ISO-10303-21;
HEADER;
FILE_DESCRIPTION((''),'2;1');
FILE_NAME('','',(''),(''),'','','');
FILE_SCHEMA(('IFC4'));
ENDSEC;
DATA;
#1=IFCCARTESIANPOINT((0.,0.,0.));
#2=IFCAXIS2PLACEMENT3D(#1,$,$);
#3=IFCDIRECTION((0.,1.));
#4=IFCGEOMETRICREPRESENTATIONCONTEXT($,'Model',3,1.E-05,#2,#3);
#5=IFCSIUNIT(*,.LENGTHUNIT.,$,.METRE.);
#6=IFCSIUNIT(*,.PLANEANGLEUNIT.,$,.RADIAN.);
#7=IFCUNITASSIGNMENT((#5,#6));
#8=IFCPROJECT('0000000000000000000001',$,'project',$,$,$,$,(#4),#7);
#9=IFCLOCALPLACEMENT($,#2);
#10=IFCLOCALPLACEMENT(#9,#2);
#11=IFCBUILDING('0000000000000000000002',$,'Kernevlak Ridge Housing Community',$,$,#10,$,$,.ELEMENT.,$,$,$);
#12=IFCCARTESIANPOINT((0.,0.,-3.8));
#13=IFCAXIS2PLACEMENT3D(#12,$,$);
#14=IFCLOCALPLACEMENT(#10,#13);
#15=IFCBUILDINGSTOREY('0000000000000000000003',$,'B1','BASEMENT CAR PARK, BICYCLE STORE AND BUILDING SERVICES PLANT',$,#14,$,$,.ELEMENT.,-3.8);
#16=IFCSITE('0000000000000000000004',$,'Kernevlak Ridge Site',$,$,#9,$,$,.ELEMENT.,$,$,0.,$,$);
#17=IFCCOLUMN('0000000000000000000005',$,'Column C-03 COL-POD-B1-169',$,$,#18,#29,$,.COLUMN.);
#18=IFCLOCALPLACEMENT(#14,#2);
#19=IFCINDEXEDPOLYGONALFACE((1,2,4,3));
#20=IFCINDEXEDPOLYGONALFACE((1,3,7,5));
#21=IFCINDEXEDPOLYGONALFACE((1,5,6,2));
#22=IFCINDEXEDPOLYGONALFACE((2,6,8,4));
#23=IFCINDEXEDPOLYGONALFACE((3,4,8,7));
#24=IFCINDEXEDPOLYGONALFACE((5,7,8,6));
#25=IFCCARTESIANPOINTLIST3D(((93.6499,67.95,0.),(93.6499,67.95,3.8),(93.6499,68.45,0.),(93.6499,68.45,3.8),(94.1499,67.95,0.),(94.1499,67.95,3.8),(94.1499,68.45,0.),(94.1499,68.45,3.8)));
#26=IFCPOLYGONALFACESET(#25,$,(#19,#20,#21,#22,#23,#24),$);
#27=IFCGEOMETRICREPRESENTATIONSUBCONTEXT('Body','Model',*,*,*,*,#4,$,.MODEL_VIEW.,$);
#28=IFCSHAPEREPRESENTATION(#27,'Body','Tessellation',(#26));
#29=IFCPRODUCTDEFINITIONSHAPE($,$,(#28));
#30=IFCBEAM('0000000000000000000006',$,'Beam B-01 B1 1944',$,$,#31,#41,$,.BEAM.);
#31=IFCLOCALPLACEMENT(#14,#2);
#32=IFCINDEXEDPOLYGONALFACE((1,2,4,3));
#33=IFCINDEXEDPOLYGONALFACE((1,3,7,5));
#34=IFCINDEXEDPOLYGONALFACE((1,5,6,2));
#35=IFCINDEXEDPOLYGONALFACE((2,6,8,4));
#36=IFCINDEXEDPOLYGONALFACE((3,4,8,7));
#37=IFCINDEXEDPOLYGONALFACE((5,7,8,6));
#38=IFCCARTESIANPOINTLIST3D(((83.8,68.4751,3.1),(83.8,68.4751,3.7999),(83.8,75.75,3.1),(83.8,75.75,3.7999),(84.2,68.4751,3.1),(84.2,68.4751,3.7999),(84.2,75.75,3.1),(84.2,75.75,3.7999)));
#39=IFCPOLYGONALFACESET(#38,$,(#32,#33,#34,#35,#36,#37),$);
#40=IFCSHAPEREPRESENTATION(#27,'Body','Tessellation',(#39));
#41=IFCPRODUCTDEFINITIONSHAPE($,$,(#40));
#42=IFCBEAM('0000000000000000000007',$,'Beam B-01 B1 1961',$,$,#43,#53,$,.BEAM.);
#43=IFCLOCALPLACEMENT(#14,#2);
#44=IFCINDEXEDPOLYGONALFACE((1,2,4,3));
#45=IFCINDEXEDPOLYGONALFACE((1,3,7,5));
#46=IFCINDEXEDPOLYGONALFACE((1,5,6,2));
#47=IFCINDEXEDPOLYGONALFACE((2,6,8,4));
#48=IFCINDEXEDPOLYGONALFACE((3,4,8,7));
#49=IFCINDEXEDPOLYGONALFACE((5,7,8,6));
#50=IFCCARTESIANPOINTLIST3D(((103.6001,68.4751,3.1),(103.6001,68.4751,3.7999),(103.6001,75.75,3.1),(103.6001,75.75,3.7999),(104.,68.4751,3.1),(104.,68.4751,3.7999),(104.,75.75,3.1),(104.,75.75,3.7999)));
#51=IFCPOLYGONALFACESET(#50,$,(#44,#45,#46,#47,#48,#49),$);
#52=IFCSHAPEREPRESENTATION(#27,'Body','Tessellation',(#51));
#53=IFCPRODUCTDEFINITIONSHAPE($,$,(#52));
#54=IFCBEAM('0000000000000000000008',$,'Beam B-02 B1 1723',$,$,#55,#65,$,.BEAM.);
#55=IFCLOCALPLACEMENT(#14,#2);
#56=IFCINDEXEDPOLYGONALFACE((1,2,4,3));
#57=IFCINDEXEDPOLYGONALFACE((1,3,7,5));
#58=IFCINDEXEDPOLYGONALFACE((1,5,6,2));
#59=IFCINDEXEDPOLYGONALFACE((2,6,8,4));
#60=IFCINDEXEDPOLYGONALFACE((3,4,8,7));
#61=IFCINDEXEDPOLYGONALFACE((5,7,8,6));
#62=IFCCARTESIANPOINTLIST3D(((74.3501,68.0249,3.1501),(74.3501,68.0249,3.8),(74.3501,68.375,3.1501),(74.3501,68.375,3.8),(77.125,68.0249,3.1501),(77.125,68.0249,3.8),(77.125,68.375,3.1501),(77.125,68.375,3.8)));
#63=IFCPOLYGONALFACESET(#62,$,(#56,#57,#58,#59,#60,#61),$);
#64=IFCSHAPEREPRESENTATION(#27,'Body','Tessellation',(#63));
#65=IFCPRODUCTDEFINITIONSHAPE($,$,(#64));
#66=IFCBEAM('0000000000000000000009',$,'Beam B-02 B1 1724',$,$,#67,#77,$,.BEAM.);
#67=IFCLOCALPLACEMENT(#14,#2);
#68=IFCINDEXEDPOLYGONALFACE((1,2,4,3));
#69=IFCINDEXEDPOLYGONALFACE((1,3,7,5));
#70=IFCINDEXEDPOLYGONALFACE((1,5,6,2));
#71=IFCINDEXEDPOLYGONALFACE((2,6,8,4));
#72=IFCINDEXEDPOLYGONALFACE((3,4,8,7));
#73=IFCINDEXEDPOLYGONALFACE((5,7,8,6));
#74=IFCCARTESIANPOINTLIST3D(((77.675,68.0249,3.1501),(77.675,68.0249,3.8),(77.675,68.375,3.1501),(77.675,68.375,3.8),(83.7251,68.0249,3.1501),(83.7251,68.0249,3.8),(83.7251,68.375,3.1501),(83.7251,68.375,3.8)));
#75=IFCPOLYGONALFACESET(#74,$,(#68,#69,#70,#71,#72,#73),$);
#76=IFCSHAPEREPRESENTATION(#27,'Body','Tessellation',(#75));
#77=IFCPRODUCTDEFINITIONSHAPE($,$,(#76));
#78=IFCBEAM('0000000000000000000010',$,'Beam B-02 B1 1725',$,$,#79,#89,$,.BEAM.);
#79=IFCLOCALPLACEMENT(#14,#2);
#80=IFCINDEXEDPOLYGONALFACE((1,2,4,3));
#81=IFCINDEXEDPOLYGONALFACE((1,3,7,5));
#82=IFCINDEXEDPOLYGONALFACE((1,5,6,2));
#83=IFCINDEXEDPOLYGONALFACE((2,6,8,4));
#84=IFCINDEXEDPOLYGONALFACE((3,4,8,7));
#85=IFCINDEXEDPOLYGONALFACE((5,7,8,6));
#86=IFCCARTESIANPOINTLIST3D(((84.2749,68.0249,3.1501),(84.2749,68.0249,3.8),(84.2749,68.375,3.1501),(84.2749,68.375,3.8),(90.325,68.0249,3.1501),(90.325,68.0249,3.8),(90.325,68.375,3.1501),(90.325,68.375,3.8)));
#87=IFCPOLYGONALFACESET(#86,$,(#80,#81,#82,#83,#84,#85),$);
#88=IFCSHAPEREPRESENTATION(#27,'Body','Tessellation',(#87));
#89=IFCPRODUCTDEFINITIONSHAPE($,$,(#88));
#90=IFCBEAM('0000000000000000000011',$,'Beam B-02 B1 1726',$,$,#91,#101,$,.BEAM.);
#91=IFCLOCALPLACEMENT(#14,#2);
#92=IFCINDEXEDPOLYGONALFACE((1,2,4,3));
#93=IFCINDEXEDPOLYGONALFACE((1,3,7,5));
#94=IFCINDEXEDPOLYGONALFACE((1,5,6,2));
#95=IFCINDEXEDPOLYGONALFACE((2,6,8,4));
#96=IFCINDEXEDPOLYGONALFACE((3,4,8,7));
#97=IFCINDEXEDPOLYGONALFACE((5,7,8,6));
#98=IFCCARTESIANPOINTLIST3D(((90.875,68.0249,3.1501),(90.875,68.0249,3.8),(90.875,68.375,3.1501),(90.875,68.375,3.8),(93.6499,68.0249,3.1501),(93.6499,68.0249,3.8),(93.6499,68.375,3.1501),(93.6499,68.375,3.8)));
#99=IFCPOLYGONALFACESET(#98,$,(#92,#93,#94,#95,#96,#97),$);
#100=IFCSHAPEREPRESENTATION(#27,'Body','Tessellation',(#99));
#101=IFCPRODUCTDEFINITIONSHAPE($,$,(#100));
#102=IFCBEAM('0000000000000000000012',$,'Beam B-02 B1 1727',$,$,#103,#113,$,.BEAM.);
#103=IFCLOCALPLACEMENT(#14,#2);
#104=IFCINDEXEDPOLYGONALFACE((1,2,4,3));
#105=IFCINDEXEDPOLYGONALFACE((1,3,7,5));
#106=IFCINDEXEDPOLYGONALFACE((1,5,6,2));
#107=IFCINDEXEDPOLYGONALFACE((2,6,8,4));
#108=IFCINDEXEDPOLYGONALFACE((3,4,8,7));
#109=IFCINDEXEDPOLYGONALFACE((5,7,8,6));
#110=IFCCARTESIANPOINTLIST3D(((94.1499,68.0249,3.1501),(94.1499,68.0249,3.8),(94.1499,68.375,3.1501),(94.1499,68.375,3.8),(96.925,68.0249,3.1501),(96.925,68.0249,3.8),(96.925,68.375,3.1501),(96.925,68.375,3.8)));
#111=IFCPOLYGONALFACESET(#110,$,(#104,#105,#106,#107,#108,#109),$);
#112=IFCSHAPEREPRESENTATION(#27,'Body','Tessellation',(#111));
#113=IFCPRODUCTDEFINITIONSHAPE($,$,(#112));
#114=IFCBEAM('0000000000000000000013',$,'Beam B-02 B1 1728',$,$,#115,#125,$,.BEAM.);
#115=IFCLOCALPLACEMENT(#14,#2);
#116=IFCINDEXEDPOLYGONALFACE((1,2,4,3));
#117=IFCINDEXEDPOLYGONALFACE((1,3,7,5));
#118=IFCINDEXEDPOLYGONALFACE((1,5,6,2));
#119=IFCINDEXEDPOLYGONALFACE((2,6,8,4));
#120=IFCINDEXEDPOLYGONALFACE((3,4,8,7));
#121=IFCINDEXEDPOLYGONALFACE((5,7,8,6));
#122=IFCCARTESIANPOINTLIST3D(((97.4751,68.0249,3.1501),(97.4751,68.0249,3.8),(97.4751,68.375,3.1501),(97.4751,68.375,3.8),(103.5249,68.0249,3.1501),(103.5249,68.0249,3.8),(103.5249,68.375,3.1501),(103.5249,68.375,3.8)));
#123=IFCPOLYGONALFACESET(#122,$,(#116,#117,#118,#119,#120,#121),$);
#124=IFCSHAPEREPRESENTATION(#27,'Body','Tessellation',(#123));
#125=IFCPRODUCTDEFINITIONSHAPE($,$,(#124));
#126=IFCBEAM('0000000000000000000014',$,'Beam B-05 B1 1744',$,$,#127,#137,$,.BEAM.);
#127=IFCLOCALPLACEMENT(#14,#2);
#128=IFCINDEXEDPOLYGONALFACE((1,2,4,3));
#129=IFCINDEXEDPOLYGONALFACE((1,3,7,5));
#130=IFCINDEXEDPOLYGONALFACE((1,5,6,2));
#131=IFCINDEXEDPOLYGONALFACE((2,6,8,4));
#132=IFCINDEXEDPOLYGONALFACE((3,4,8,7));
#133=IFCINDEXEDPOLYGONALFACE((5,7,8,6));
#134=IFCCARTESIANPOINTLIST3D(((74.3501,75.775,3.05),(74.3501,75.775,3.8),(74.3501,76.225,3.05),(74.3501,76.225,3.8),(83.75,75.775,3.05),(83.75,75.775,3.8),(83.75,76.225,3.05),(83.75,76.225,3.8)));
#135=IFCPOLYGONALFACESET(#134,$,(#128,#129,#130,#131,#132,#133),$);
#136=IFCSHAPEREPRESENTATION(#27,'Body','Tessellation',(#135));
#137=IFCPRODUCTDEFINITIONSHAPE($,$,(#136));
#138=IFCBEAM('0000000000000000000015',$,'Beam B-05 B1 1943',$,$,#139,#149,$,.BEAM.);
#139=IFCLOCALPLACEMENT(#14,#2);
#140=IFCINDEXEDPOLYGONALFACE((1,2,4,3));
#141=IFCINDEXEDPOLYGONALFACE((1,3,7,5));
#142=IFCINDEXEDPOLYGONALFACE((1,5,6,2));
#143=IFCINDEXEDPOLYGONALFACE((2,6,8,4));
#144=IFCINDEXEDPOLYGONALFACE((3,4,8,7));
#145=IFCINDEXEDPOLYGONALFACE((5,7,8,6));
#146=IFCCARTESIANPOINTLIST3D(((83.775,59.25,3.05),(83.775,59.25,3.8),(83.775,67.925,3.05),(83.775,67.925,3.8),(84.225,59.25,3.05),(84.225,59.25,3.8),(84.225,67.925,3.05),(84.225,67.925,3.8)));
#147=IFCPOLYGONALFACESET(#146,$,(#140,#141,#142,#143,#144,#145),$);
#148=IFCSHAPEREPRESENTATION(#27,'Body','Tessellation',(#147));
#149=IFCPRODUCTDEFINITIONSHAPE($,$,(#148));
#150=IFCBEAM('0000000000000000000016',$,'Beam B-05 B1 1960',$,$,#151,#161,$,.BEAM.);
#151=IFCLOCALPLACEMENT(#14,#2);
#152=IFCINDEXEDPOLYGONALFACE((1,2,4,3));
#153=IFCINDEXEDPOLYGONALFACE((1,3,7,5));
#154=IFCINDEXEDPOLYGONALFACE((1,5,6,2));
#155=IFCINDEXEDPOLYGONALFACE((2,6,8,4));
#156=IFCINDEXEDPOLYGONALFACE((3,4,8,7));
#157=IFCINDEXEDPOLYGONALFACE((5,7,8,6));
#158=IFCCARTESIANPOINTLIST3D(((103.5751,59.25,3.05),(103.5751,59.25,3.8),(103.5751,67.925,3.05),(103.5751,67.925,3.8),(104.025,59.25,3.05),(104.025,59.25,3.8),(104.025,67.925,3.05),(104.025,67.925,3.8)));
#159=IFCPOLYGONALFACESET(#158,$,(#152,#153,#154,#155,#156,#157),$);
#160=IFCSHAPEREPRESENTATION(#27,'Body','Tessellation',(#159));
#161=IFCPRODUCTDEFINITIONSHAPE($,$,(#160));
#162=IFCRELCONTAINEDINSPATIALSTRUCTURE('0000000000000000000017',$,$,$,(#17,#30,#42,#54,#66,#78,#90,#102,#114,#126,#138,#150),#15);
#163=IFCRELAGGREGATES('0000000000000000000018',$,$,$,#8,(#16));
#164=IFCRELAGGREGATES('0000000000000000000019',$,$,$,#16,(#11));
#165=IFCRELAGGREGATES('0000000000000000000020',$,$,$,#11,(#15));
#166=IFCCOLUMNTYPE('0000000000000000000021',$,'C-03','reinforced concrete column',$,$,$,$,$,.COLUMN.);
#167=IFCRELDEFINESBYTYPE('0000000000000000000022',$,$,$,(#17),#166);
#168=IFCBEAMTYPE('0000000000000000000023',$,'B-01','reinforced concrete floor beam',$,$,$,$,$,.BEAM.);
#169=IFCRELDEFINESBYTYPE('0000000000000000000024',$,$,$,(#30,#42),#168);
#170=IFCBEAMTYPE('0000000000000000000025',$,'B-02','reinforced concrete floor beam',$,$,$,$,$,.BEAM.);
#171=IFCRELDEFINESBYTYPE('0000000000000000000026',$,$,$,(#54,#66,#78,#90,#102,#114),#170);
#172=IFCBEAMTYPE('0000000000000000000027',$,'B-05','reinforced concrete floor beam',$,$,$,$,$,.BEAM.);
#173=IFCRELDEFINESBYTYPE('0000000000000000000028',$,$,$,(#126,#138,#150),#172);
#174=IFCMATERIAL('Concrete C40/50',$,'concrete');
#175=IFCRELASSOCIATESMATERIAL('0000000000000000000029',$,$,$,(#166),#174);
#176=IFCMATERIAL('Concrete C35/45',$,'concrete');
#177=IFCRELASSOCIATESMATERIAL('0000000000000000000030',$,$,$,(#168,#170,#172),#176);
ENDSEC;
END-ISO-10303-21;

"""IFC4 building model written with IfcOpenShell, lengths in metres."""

from ifc_helpers import new_model, si_unit, direction, frame, origin, origin_2d, place, context, subcontext, project, spatial, rectangle, extrude, material, material_profile, profile_set, type_object, element, save


model = new_model("IFC4")

# Units and contexts
model_context = context("Model", 3, precision=1e-05, world=origin(), true_north=direction((0.0, 1.0)))
body_context = subcontext(model_context, "Body", "Model", "MODEL_VIEW")
ifc_project = project(units=[si_unit("LENGTHUNIT", "METRE"), si_unit("PLANEANGLEUNIT", "RADIAN")], contexts=[model_context])

# Site, building, storey
site_placement = place(None, origin())
site = spatial("IfcSite", under=ifc_project, at=site_placement, Name="Kernevlak Ridge Site", CompositionType="ELEMENT", RefElevation=0.0)
building_placement = place(site_placement, origin())
building = spatial("IfcBuilding", under=site, at=building_placement, Name="Kernevlak Ridge Housing Community", CompositionType="ELEMENT")
storey_placement = place(building_placement, frame((0.0, 0.0, -3.8)))
storey = spatial("IfcBuildingStorey", under=building, at=storey_placement, Name="B1", Description="BASEMENT CAR PARK, BICYCLE STORE AND BUILDING SERVICES PLANT", CompositionType="ELEMENT", Elevation=-3.8)

# Shared definitions
ifc_material_1 = material(Name="Concrete C35/45", Category="concrete")

# Column
ifc_material_2 = material(Name="Concrete C40/50", Category="concrete")
ifc_material_profile_1 = material_profile(ifc_material_2, rectangle(XDim=0.5, YDim=0.5, at=origin_2d()), Name="RC 500x500")
ifc_profile_set_1 = profile_set([ifc_material_profile_1], Name="Concrete C40/50")
column_type_1 = type_object("IfcColumnType", Name="C-03", Description="reinforced concrete column", PredefinedType="COLUMN", material=ifc_profile_set_1)
for number, where, z_axis, x_axis, name in (
    (1, (93.8999, 68.2, 0.0), (0.0, 0.0, 1.0), (1.0, 0.0, 0.0), "Column C-03 COL-POD-B1-169"),
):
    element("IfcColumn", number, at=place(storey_placement, frame(where, z_axis=z_axis, x_axis=x_axis)), inside=storey, type_object=column_type_1, Name=name, PredefinedType="COLUMN", context=body_context, shape_type="SweptSolid", body=[
        extrude(rectangle(XDim=0.5, YDim=0.5, at=origin_2d()), origin(), (0.0, 0.0, 1.0), 3.8),
    ])

# Beams
ifc_material_profile_2 = material_profile(ifc_material_1, rectangle(XDim=0.3999, YDim=0.7, at=origin_2d()), Name="RC 400x700")
ifc_profile_set_2 = profile_set([ifc_material_profile_2], Name="Concrete C35/45")
beam_type_1 = type_object("IfcBeamType", Name="B-01", Description="reinforced concrete floor beam", PredefinedType="BEAM", material=ifc_profile_set_2)
for number, where, z_axis, x_axis, name in (
    (2, (84.0, 68.4751, 3.45), (0.0, 1.0, 0.0), (-1.0, 0.0, 0.0), "Beam B-01 B1 1944"),
    (3, (103.8, 68.4751, 3.45), (0.0, 1.0, 0.0), (-1.0, 0.0, 0.0), "Beam B-01 B1 1961"),
):
    element("IfcBeam", number, at=place(storey_placement, frame(where, z_axis=z_axis, x_axis=x_axis)), inside=storey, type_object=beam_type_1, Name=name, PredefinedType="BEAM", context=body_context, shape_type="SweptSolid", body=[
        extrude(rectangle(XDim=0.3999, YDim=0.7, at=origin_2d()), origin(), (0.0, 0.0, 1.0), 7.2749),
    ])
ifc_material_profile_3 = material_profile(ifc_material_1, rectangle(XDim=0.3501, YDim=0.6499, at=origin_2d()), Name="RC 350x650")
ifc_profile_set_3 = profile_set([ifc_material_profile_3], Name="Concrete C35/45")
beam_type_2 = type_object("IfcBeamType", Name="B-02", Description="reinforced concrete floor beam", PredefinedType="BEAM", material=ifc_profile_set_3)
beam_1_placement = place(storey_placement, frame((74.3501, 68.2, 3.4751), z_axis=(1.0, 0.0, 0.0), x_axis=(0.0, 1.0, 0.0)))
element("IfcBeam", 4, at=beam_1_placement, inside=storey, type_object=beam_type_2, Name="Beam B-02 B1 1723", PredefinedType="BEAM", context=body_context, shape_type="SweptSolid", body=[
    extrude(rectangle(XDim=0.3501, YDim=0.6499, at=origin_2d()), origin(), (0.0, 0.0, 1.0), 2.7749),
])
for number, where, z_axis, x_axis, name in (
    (5, (77.675, 68.2, 3.4751), (1.0, 0.0, 0.0), (0.0, 1.0, 0.0), "Beam B-02 B1 1724"),
    (6, (84.2749, 68.2, 3.4751), (1.0, 0.0, 0.0), (0.0, 1.0, 0.0), "Beam B-02 B1 1725"),
):
    element("IfcBeam", number, at=place(storey_placement, frame(where, z_axis=z_axis, x_axis=x_axis)), inside=storey, type_object=beam_type_2, Name=name, PredefinedType="BEAM", context=body_context, shape_type="SweptSolid", body=[
        extrude(rectangle(XDim=0.3501, YDim=0.6499, at=origin_2d()), origin(), (0.0, 0.0, 1.0), 6.05),
    ])
beam_2_placement = place(storey_placement, frame((90.875, 68.2, 3.4751), z_axis=(1.0, 0.0, 0.0), x_axis=(0.0, 1.0, 0.0)))
element("IfcBeam", 7, at=beam_2_placement, inside=storey, type_object=beam_type_2, Name="Beam B-02 B1 1726", PredefinedType="BEAM", context=body_context, shape_type="SweptSolid", body=[
    extrude(rectangle(XDim=0.3501, YDim=0.6499, at=origin_2d()), origin(), (0.0, 0.0, 1.0), 2.7749),
])
beam_3_placement = place(storey_placement, frame((94.1499, 68.2, 3.4751), z_axis=(1.0, 0.0, 0.0), x_axis=(0.0, 1.0, 0.0)))
element("IfcBeam", 8, at=beam_3_placement, inside=storey, type_object=beam_type_2, Name="Beam B-02 B1 1727", PredefinedType="BEAM", context=body_context, shape_type="SweptSolid", body=[
    extrude(rectangle(XDim=0.3501, YDim=0.6499, at=origin_2d()), origin(), (0.0, 0.0, 1.0), 2.7751),
])
beam_4_placement = place(storey_placement, frame((97.4751, 68.2, 3.4751), z_axis=(1.0, 0.0, 0.0), x_axis=(0.0, 1.0, 0.0)))
element("IfcBeam", 9, at=beam_4_placement, inside=storey, type_object=beam_type_2, Name="Beam B-02 B1 1728", PredefinedType="BEAM", context=body_context, shape_type="SweptSolid", body=[
    extrude(rectangle(XDim=0.3501, YDim=0.6499, at=origin_2d()), origin(), (0.0, 0.0, 1.0), 6.0498),
])
ifc_material_profile_4 = material_profile(ifc_material_1, rectangle(XDim=0.45, YDim=0.75, at=origin_2d()), Name="RC 450x750")
ifc_profile_set_4 = profile_set([ifc_material_profile_4], Name="Concrete C35/45")
beam_type_3 = type_object("IfcBeamType", Name="B-05", Description="reinforced concrete floor beam", PredefinedType="BEAM", material=ifc_profile_set_4)
beam_5_placement = place(storey_placement, frame((74.3501, 76.0, 3.425), z_axis=(1.0, 0.0, 0.0), x_axis=(0.0, 1.0, 0.0)))
element("IfcBeam", 10, at=beam_5_placement, inside=storey, type_object=beam_type_3, Name="Beam B-05 B1 1744", PredefinedType="BEAM", context=body_context, shape_type="SweptSolid", body=[
    extrude(rectangle(XDim=0.45, YDim=0.75, at=origin_2d()), origin(), (0.0, 0.0, 1.0), 9.3999),
])
for number, where, z_axis, x_axis, name in (
    (11, (84.0, 59.25, 3.425), (0.0, 1.0, 0.0), (-1.0, 0.0, 0.0), "Beam B-05 B1 1943"),
    (12, (103.8, 59.25, 3.425), (0.0, 1.0, 0.0), (-1.0, 0.0, 0.0), "Beam B-05 B1 1960"),
):
    element("IfcBeam", number, at=place(storey_placement, frame(where, z_axis=z_axis, x_axis=x_axis)), inside=storey, type_object=beam_type_3, Name=name, PredefinedType="BEAM", context=body_context, shape_type="SweptSolid", body=[
        extrude(rectangle(XDim=0.45, YDim=0.75, at=origin_2d()), origin(), (0.0, 0.0, 1.0), 8.675),
    ])

save(model, "model.ifc")
